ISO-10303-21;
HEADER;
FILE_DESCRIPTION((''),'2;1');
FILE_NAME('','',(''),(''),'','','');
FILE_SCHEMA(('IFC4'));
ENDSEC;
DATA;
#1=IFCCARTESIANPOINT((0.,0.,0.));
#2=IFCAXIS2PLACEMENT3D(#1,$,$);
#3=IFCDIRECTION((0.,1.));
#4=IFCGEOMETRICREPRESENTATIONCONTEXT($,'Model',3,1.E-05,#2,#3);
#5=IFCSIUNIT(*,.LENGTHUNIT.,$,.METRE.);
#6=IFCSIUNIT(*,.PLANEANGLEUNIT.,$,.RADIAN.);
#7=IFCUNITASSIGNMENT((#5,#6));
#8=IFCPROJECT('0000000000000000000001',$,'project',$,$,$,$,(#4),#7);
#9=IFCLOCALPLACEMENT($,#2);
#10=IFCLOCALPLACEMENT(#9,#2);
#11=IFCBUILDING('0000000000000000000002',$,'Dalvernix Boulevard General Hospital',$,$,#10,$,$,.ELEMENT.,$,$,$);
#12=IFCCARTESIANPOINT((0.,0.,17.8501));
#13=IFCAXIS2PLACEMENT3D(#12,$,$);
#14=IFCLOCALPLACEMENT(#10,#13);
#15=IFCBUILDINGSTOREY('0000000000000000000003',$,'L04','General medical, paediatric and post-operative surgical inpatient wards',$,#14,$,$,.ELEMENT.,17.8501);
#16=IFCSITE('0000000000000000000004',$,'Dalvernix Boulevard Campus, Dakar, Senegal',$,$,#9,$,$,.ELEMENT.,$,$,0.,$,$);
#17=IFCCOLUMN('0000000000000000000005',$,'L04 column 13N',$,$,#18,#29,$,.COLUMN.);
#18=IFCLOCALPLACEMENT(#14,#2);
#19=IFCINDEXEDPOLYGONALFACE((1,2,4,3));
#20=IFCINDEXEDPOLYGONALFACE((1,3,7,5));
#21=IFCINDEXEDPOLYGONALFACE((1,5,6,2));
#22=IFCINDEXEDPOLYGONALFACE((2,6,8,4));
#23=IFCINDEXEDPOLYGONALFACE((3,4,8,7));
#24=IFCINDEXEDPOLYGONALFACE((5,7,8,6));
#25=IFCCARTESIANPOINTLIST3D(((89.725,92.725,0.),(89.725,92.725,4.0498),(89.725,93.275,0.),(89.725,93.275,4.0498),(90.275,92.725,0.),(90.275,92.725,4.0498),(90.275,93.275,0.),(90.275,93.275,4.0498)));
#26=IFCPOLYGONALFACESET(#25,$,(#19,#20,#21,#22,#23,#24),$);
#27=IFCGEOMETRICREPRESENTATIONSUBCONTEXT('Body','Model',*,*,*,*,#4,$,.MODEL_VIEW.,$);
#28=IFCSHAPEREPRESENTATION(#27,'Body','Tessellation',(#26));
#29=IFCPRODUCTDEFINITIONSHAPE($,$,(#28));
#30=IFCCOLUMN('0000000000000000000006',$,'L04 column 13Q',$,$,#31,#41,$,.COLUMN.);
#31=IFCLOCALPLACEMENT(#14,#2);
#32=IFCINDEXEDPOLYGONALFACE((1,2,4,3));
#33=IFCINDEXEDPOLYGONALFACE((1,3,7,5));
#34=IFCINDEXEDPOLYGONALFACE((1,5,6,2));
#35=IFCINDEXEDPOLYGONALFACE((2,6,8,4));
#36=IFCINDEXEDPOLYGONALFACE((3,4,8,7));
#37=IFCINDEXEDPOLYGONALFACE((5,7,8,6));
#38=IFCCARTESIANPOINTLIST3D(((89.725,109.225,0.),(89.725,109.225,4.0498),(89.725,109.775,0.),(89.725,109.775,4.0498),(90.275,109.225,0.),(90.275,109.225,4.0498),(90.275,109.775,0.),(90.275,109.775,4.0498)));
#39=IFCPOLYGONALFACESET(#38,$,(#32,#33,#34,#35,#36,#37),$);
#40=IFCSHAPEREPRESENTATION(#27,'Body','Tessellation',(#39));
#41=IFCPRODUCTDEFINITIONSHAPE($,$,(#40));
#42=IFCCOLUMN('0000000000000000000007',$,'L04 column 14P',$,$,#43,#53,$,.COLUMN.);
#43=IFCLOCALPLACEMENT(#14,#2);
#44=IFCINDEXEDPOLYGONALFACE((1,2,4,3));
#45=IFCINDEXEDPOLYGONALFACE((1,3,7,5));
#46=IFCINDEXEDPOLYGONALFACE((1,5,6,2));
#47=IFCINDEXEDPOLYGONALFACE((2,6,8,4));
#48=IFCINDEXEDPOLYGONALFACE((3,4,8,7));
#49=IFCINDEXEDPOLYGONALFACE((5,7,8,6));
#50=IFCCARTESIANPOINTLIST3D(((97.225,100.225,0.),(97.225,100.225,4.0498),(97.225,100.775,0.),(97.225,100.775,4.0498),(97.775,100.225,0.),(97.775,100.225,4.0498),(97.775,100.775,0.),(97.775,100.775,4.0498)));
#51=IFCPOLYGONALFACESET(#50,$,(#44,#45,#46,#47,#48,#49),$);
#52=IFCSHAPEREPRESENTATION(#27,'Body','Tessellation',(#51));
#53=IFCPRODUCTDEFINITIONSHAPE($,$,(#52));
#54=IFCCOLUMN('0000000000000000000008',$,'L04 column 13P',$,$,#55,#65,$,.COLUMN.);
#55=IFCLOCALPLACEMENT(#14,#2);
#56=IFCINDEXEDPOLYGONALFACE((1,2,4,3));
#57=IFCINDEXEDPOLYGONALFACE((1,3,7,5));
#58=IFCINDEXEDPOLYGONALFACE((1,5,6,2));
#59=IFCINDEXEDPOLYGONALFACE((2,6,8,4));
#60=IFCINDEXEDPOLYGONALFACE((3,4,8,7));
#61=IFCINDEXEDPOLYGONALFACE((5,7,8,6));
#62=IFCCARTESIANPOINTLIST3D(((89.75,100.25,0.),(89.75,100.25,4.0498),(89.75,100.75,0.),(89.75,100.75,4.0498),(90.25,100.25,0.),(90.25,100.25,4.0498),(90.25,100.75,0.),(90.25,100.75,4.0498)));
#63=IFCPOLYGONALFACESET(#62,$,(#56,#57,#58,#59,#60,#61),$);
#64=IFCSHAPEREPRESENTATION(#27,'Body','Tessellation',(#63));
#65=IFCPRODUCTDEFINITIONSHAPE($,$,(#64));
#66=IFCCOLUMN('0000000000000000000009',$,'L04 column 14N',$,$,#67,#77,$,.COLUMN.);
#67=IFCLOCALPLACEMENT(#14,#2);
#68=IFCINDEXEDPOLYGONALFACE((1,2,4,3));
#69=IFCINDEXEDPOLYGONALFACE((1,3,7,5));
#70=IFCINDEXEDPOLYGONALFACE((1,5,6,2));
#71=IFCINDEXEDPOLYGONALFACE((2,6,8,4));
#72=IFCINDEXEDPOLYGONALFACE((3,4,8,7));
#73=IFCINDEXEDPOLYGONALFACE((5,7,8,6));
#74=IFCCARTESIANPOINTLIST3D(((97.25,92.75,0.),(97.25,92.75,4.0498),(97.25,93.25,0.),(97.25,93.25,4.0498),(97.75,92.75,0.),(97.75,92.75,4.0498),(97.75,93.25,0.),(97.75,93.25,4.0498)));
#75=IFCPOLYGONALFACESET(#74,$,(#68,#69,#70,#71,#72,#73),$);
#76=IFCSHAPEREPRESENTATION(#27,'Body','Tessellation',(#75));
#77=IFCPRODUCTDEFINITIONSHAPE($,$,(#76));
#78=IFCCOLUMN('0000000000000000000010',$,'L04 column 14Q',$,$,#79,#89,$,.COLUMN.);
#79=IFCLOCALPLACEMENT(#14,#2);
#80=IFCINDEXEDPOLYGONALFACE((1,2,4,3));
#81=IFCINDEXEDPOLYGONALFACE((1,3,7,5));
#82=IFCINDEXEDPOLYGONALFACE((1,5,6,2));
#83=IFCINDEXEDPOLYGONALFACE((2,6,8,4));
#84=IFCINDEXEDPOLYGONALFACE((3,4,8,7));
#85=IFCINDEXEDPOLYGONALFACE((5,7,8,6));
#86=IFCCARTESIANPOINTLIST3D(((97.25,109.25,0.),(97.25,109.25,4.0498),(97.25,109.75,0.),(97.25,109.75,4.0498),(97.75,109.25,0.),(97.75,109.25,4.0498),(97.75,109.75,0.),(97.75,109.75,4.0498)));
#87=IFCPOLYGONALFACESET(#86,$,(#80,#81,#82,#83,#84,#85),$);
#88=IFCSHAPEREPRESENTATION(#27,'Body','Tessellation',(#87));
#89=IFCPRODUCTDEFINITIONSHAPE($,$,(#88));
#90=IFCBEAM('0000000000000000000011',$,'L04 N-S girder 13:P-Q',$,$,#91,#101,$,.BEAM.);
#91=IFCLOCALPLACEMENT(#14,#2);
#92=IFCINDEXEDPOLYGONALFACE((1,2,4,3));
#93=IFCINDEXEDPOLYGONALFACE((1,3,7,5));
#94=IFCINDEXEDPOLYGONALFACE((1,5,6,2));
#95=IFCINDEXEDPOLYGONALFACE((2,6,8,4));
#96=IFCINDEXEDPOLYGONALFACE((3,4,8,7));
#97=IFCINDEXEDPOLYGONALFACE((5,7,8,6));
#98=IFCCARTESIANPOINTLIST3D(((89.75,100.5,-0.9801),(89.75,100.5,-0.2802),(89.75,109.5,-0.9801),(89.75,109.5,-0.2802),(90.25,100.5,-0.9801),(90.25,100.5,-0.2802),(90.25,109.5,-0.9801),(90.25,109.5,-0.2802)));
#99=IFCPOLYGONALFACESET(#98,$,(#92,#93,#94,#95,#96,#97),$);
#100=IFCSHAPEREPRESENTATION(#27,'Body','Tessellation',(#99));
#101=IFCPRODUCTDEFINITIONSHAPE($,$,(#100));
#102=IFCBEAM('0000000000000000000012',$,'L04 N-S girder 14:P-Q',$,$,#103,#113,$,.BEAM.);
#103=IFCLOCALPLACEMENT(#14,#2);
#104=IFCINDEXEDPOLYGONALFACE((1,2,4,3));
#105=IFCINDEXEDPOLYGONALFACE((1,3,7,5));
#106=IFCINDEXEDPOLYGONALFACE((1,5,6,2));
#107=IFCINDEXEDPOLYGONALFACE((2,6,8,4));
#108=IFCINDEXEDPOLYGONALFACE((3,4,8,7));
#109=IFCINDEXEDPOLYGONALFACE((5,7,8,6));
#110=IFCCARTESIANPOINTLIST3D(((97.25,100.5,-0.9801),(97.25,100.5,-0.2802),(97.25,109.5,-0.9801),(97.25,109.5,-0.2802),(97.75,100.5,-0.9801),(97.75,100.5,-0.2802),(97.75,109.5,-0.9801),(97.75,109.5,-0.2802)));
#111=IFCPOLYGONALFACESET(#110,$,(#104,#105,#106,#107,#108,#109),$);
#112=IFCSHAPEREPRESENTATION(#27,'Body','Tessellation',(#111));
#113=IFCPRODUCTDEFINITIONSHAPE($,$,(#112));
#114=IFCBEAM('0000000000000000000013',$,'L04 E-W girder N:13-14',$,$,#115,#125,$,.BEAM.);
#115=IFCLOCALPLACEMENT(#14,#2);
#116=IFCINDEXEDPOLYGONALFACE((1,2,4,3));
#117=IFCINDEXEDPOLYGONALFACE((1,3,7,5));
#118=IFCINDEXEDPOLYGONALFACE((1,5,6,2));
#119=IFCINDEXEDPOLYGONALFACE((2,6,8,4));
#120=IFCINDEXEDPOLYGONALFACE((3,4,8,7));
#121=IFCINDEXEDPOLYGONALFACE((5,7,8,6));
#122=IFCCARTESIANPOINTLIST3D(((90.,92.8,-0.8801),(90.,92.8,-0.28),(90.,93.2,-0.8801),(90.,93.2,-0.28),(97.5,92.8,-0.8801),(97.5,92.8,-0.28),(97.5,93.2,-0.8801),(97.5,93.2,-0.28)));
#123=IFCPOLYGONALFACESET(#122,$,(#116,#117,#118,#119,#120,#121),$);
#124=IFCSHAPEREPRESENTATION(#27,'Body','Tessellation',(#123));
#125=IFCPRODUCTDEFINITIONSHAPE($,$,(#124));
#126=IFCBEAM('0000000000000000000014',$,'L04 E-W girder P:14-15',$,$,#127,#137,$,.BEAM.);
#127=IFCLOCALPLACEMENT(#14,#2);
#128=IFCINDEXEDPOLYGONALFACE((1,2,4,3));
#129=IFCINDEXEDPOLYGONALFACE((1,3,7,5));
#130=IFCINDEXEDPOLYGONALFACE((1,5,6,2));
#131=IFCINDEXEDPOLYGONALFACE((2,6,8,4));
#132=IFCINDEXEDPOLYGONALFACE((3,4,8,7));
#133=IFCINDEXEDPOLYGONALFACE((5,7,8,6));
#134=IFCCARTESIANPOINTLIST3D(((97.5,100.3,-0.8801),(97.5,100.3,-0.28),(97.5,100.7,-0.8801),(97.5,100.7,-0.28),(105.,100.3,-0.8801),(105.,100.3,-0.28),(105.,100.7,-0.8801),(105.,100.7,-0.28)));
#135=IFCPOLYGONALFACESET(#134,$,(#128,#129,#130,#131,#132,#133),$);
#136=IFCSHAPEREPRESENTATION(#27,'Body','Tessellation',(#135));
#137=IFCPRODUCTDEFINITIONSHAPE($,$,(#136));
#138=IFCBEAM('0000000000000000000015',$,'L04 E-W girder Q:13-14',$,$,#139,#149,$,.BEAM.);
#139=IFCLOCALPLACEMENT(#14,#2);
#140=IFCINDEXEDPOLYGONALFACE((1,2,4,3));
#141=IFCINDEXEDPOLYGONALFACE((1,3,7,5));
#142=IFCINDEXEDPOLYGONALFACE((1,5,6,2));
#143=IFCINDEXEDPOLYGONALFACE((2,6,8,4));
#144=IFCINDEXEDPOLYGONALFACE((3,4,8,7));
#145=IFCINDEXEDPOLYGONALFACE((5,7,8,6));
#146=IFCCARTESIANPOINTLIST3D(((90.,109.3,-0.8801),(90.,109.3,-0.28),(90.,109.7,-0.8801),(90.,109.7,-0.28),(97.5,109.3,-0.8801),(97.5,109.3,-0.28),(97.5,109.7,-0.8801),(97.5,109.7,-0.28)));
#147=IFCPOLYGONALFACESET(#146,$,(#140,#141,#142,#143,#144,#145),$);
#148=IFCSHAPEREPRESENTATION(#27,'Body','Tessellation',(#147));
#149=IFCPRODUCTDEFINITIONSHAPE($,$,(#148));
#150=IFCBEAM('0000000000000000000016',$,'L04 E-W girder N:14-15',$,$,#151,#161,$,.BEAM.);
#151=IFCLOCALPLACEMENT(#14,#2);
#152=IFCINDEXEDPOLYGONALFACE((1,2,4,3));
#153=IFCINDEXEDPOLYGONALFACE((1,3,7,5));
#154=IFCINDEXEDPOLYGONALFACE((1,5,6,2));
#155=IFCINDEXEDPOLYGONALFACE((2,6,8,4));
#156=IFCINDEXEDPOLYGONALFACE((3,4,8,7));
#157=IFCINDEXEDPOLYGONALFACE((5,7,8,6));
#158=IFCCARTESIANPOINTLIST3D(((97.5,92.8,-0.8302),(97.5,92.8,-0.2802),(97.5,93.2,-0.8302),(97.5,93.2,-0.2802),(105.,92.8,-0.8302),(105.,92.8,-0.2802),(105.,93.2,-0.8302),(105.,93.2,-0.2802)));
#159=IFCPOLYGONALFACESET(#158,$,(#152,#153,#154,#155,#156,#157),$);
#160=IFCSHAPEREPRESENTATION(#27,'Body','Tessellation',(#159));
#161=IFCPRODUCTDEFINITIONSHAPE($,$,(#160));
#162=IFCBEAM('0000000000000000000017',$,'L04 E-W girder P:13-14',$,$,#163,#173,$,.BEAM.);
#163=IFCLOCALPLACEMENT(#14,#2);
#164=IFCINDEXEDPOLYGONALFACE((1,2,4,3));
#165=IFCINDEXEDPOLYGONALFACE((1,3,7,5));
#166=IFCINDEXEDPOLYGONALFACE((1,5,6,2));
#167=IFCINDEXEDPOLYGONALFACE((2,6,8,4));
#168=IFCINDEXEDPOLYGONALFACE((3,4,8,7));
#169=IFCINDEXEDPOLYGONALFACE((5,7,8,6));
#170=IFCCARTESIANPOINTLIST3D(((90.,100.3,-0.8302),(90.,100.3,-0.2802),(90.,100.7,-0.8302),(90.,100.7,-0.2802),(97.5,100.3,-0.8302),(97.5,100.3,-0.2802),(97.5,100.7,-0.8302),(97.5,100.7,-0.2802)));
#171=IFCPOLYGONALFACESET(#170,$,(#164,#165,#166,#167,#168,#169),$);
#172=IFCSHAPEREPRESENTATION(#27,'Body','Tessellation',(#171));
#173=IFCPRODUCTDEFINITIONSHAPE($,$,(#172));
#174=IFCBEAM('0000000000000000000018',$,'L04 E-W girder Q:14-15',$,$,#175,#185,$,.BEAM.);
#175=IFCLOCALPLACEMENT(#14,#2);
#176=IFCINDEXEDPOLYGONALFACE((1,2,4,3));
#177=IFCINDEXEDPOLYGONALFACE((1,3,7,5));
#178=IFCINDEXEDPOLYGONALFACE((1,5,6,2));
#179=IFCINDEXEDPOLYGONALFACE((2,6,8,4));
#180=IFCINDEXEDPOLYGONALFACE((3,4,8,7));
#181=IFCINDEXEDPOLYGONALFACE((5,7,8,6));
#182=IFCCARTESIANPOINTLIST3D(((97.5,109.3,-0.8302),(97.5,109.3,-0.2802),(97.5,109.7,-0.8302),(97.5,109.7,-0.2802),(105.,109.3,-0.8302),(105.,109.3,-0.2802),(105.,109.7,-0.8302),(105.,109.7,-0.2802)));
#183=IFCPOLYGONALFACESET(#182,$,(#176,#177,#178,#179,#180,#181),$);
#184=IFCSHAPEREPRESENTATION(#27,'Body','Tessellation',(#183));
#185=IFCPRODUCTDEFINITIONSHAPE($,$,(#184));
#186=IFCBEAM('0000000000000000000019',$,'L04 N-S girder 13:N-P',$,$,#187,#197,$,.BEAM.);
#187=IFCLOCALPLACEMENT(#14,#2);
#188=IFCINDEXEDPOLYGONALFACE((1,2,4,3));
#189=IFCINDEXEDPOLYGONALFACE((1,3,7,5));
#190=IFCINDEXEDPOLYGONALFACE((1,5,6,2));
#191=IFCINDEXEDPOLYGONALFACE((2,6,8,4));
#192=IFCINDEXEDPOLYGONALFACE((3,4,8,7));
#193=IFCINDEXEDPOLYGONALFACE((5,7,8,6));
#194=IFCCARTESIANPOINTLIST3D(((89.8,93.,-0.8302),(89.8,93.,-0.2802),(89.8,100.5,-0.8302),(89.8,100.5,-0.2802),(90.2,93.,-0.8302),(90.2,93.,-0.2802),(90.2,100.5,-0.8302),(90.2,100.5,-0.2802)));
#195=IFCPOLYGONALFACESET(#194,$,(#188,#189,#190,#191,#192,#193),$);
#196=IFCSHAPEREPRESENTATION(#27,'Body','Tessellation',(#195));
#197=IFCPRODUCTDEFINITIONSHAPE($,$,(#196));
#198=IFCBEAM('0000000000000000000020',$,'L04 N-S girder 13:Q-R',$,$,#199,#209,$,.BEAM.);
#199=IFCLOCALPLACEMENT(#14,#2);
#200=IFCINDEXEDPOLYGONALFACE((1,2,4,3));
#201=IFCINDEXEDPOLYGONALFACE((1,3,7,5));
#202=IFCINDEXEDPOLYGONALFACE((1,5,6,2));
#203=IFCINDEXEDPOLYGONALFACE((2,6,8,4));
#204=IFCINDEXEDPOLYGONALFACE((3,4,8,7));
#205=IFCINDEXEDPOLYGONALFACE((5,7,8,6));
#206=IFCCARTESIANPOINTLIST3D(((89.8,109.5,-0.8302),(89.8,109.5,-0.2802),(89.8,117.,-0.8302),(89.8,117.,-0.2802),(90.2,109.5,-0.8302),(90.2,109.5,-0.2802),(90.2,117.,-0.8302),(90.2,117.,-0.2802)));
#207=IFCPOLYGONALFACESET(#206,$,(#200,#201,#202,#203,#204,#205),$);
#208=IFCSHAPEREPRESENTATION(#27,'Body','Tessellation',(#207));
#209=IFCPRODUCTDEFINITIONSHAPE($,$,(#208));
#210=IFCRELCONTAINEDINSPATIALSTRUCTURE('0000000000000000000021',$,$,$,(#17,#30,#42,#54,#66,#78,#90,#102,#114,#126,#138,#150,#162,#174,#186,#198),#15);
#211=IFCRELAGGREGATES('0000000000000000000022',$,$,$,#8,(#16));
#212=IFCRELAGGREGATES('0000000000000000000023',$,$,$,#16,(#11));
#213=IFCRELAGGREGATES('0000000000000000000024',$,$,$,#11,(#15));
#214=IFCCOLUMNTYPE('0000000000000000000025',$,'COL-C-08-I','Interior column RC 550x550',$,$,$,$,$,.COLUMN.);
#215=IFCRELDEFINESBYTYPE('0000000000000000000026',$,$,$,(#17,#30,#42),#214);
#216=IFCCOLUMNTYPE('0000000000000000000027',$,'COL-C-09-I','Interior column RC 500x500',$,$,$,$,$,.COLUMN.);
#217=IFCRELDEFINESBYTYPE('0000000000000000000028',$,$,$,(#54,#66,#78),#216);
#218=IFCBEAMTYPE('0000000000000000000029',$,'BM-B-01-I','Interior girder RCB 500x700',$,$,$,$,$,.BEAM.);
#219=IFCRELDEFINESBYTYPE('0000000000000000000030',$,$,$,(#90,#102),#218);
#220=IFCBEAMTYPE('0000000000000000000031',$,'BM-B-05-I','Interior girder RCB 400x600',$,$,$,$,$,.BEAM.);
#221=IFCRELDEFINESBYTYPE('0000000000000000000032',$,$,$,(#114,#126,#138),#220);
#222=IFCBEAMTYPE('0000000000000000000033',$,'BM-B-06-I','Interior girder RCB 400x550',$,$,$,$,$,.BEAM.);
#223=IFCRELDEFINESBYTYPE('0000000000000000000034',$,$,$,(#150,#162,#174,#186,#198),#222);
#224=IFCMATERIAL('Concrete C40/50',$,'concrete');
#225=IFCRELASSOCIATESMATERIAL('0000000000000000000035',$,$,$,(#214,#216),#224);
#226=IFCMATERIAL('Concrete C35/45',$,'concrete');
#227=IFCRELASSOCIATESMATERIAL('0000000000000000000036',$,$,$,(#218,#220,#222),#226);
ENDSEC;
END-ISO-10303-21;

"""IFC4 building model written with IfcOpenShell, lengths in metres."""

from ifc_helpers import new_model, si_unit, direction, frame, origin, origin_2d, place, context, subcontext, project, spatial, rectangle, extrude, material, material_profile, profile_set, type_object, element, save


model = new_model("IFC4")

# Units and contexts
model_context = context("Model", 3, precision=1e-05, world=origin(), true_north=direction((0.0, 1.0)))
body_context = subcontext(model_context, "Body", "Model", "MODEL_VIEW")
ifc_project = project(units=[si_unit("LENGTHUNIT", "METRE"), si_unit("PLANEANGLEUNIT", "RADIAN")], contexts=[model_context])

# Site, building, storey
site_placement = place(None, origin())
site = spatial("IfcSite", under=ifc_project, at=site_placement, Name="Dalvernix Boulevard Campus, Dakar, Senegal", CompositionType="ELEMENT", RefElevation=0.0)
building_placement = place(site_placement, origin())
building = spatial("IfcBuilding", under=site, at=building_placement, Name="Dalvernix Boulevard General Hospital", CompositionType="ELEMENT")
storey_placement = place(building_placement, frame((0.0, 0.0, 17.8501)))
storey = spatial("IfcBuildingStorey", under=building, at=storey_placement, Name="L04", Description="General medical, paediatric and post-operative surgical inpatient wards", CompositionType="ELEMENT", Elevation=17.8501)

# Columns
ifc_material_1 = material(Name="Concrete C40/50", Category="concrete")
ifc_material_profile_1 = material_profile(ifc_material_1, rectangle(XDim=0.55, YDim=0.55, at=origin_2d()), Name="RC 550x550")
ifc_profile_set_1 = profile_set([ifc_material_profile_1], Name="Concrete C40/50")
column_type_1 = type_object("IfcColumnType", Name="COL-C-08-I", Description="Interior column RC 550x550", PredefinedType="COLUMN", material=ifc_profile_set_1)
for number, where, z_axis, x_axis, name in (
    (1, (90.0, 93.0, 0.0), (0.0, 0.0, 1.0), (1.0, 0.0, 0.0), "L04 column 13N"),
    (2, (90.0, 109.5, 0.0), (0.0, 0.0, 1.0), (1.0, 0.0, 0.0), "L04 column 13Q"),
    (3, (97.5, 100.5, 0.0), (0.0, 0.0, 1.0), (1.0, 0.0, 0.0), "L04 column 14P"),
):
    element("IfcColumn", number, at=place(storey_placement, frame(where, z_axis=z_axis, x_axis=x_axis)), inside=storey, type_object=column_type_1, Name=name, PredefinedType="COLUMN", context=body_context, shape_type="SweptSolid", body=[
        extrude(rectangle(XDim=0.55, YDim=0.55, at=origin_2d()), origin(), (0.0, 0.0, 1.0), 4.0498),
    ])
ifc_material_profile_2 = material_profile(ifc_material_1, rectangle(XDim=0.5, YDim=0.5, at=origin_2d()), Name="RC 500x500")
ifc_profile_set_2 = profile_set([ifc_material_profile_2], Name="Concrete C40/50")
column_type_2 = type_object("IfcColumnType", Name="COL-C-09-I", Description="Interior column RC 500x500", PredefinedType="COLUMN", material=ifc_profile_set_2)
for number, where, z_axis, x_axis, name in (
    (4, (90.0, 100.5, 0.0), (0.0, 0.0, 1.0), (1.0, 0.0, 0.0), "L04 column 13P"),
    (5, (97.5, 93.0, 0.0), (0.0, 0.0, 1.0), (1.0, 0.0, 0.0), "L04 column 14N"),
    (6, (97.5, 109.5, 0.0), (0.0, 0.0, 1.0), (1.0, 0.0, 0.0), "L04 column 14Q"),
):
    element("IfcColumn", number, at=place(storey_placement, frame(where, z_axis=z_axis, x_axis=x_axis)), inside=storey, type_object=column_type_2, Name=name, PredefinedType="COLUMN", context=body_context, shape_type="SweptSolid", body=[
        extrude(rectangle(XDim=0.5, YDim=0.5, at=origin_2d()), origin(), (0.0, 0.0, 1.0), 4.0498),
    ])

# Beams
ifc_material_2 = material(Name="Concrete C35/45", Category="concrete")
ifc_material_profile_3 = material_profile(ifc_material_2, rectangle(XDim=0.5, YDim=0.7, at=origin_2d()), Name="RCB 500x700")
ifc_profile_set_3 = profile_set([ifc_material_profile_3], Name="Concrete C35/45")
beam_type_1 = type_object("IfcBeamType", Name="BM-B-01-I", Description="Interior girder RCB 500x700", PredefinedType="BEAM", material=ifc_profile_set_3)
for number, where, z_axis, x_axis, name in (
    (7, (90.0, 100.5, -0.6301), (0.0, 1.0, 0.0), (-1.0, 0.0, 0.0), "L04 N-S girder 13:P-Q"),
    (8, (97.5, 100.5, -0.6301), (0.0, 1.0, 0.0), (-1.0, 0.0, 0.0), "L04 N-S girder 14:P-Q"),
):
    element("IfcBeam", number, at=place(storey_placement, frame(where, z_axis=z_axis, x_axis=x_axis)), inside=storey, type_object=beam_type_1, Name=name, PredefinedType="BEAM", context=body_context, shape_type="SweptSolid", body=[
        extrude(rectangle(XDim=0.5, YDim=0.7, at=origin_2d()), origin(), (0.0, 0.0, 1.0), 9.0),
    ])
ifc_material_profile_4 = material_profile(ifc_material_2, rectangle(XDim=0.3999, YDim=0.6001, at=origin_2d()), Name="RCB 400x600")
ifc_profile_set_4 = profile_set([ifc_material_profile_4], Name="Concrete C35/45")
beam_type_2 = type_object("IfcBeamType", Name="BM-B-05-I", Description="Interior girder RCB 400x600", PredefinedType="BEAM", material=ifc_profile_set_4)
for number, where, z_axis, x_axis, name in (
    (9, (90.0, 93.0, -0.5801), (1.0, 0.0, 0.0), (0.0, 1.0, 0.0), "L04 E-W girder N:13-14"),
    (10, (97.5, 100.5, -0.5801), (1.0, 0.0, 0.0), (0.0, 1.0, 0.0), "L04 E-W girder P:14-15"),
    (11, (90.0, 109.5, -0.5801), (1.0, 0.0, 0.0), (0.0, 1.0, 0.0), "L04 E-W girder Q:13-14"),
):
    element("IfcBeam", number, at=place(storey_placement, frame(where, z_axis=z_axis, x_axis=x_axis)), inside=storey, type_object=beam_type_2, Name=name, PredefinedType="BEAM", context=body_context, shape_type="SweptSolid", body=[
        extrude(rectangle(XDim=0.3999, YDim=0.6001, at=origin_2d()), origin(), (0.0, 0.0, 1.0), 7.5),
    ])
ifc_material_profile_5 = material_profile(ifc_material_2, rectangle(XDim=0.3999, YDim=0.55, at=origin_2d()), Name="RCB 400x550")
ifc_profile_set_5 = profile_set([ifc_material_profile_5], Name="Concrete C35/45")
beam_type_3 = type_object("IfcBeamType", Name="BM-B-06-I", Description="Interior girder RCB 400x550", PredefinedType="BEAM", material=ifc_profile_set_5)
for number, where, z_axis, x_axis, name in (
    (12, (97.5, 93.0, -0.5552), (1.0, 0.0, 0.0), (0.0, 1.0, 0.0), "L04 E-W girder N:14-15"),
    (13, (90.0, 100.5, -0.5552), (1.0, 0.0, 0.0), (0.0, 1.0, 0.0), "L04 E-W girder P:13-14"),
    (14, (97.5, 109.5, -0.5552), (1.0, 0.0, 0.0), (0.0, 1.0, 0.0), "L04 E-W girder Q:14-15"),
    (15, (90.0, 93.0, -0.5552), (0.0, 1.0, 0.0), (-1.0, 0.0, 0.0), "L04 N-S girder 13:N-P"),
    (16, (90.0, 109.5, -0.5552), (0.0, 1.0, 0.0), (-1.0, 0.0, 0.0), "L04 N-S girder 13:Q-R"),
):
    element("IfcBeam", number, at=place(storey_placement, frame(where, z_axis=z_axis, x_axis=x_axis)), inside=storey, type_object=beam_type_3, Name=name, PredefinedType="BEAM", context=body_context, shape_type="SweptSolid", body=[
        extrude(rectangle(XDim=0.3999, YDim=0.55, at=origin_2d()), origin(), (0.0, 0.0, 1.0), 7.5),
    ])

save(model, "model.ifc")
